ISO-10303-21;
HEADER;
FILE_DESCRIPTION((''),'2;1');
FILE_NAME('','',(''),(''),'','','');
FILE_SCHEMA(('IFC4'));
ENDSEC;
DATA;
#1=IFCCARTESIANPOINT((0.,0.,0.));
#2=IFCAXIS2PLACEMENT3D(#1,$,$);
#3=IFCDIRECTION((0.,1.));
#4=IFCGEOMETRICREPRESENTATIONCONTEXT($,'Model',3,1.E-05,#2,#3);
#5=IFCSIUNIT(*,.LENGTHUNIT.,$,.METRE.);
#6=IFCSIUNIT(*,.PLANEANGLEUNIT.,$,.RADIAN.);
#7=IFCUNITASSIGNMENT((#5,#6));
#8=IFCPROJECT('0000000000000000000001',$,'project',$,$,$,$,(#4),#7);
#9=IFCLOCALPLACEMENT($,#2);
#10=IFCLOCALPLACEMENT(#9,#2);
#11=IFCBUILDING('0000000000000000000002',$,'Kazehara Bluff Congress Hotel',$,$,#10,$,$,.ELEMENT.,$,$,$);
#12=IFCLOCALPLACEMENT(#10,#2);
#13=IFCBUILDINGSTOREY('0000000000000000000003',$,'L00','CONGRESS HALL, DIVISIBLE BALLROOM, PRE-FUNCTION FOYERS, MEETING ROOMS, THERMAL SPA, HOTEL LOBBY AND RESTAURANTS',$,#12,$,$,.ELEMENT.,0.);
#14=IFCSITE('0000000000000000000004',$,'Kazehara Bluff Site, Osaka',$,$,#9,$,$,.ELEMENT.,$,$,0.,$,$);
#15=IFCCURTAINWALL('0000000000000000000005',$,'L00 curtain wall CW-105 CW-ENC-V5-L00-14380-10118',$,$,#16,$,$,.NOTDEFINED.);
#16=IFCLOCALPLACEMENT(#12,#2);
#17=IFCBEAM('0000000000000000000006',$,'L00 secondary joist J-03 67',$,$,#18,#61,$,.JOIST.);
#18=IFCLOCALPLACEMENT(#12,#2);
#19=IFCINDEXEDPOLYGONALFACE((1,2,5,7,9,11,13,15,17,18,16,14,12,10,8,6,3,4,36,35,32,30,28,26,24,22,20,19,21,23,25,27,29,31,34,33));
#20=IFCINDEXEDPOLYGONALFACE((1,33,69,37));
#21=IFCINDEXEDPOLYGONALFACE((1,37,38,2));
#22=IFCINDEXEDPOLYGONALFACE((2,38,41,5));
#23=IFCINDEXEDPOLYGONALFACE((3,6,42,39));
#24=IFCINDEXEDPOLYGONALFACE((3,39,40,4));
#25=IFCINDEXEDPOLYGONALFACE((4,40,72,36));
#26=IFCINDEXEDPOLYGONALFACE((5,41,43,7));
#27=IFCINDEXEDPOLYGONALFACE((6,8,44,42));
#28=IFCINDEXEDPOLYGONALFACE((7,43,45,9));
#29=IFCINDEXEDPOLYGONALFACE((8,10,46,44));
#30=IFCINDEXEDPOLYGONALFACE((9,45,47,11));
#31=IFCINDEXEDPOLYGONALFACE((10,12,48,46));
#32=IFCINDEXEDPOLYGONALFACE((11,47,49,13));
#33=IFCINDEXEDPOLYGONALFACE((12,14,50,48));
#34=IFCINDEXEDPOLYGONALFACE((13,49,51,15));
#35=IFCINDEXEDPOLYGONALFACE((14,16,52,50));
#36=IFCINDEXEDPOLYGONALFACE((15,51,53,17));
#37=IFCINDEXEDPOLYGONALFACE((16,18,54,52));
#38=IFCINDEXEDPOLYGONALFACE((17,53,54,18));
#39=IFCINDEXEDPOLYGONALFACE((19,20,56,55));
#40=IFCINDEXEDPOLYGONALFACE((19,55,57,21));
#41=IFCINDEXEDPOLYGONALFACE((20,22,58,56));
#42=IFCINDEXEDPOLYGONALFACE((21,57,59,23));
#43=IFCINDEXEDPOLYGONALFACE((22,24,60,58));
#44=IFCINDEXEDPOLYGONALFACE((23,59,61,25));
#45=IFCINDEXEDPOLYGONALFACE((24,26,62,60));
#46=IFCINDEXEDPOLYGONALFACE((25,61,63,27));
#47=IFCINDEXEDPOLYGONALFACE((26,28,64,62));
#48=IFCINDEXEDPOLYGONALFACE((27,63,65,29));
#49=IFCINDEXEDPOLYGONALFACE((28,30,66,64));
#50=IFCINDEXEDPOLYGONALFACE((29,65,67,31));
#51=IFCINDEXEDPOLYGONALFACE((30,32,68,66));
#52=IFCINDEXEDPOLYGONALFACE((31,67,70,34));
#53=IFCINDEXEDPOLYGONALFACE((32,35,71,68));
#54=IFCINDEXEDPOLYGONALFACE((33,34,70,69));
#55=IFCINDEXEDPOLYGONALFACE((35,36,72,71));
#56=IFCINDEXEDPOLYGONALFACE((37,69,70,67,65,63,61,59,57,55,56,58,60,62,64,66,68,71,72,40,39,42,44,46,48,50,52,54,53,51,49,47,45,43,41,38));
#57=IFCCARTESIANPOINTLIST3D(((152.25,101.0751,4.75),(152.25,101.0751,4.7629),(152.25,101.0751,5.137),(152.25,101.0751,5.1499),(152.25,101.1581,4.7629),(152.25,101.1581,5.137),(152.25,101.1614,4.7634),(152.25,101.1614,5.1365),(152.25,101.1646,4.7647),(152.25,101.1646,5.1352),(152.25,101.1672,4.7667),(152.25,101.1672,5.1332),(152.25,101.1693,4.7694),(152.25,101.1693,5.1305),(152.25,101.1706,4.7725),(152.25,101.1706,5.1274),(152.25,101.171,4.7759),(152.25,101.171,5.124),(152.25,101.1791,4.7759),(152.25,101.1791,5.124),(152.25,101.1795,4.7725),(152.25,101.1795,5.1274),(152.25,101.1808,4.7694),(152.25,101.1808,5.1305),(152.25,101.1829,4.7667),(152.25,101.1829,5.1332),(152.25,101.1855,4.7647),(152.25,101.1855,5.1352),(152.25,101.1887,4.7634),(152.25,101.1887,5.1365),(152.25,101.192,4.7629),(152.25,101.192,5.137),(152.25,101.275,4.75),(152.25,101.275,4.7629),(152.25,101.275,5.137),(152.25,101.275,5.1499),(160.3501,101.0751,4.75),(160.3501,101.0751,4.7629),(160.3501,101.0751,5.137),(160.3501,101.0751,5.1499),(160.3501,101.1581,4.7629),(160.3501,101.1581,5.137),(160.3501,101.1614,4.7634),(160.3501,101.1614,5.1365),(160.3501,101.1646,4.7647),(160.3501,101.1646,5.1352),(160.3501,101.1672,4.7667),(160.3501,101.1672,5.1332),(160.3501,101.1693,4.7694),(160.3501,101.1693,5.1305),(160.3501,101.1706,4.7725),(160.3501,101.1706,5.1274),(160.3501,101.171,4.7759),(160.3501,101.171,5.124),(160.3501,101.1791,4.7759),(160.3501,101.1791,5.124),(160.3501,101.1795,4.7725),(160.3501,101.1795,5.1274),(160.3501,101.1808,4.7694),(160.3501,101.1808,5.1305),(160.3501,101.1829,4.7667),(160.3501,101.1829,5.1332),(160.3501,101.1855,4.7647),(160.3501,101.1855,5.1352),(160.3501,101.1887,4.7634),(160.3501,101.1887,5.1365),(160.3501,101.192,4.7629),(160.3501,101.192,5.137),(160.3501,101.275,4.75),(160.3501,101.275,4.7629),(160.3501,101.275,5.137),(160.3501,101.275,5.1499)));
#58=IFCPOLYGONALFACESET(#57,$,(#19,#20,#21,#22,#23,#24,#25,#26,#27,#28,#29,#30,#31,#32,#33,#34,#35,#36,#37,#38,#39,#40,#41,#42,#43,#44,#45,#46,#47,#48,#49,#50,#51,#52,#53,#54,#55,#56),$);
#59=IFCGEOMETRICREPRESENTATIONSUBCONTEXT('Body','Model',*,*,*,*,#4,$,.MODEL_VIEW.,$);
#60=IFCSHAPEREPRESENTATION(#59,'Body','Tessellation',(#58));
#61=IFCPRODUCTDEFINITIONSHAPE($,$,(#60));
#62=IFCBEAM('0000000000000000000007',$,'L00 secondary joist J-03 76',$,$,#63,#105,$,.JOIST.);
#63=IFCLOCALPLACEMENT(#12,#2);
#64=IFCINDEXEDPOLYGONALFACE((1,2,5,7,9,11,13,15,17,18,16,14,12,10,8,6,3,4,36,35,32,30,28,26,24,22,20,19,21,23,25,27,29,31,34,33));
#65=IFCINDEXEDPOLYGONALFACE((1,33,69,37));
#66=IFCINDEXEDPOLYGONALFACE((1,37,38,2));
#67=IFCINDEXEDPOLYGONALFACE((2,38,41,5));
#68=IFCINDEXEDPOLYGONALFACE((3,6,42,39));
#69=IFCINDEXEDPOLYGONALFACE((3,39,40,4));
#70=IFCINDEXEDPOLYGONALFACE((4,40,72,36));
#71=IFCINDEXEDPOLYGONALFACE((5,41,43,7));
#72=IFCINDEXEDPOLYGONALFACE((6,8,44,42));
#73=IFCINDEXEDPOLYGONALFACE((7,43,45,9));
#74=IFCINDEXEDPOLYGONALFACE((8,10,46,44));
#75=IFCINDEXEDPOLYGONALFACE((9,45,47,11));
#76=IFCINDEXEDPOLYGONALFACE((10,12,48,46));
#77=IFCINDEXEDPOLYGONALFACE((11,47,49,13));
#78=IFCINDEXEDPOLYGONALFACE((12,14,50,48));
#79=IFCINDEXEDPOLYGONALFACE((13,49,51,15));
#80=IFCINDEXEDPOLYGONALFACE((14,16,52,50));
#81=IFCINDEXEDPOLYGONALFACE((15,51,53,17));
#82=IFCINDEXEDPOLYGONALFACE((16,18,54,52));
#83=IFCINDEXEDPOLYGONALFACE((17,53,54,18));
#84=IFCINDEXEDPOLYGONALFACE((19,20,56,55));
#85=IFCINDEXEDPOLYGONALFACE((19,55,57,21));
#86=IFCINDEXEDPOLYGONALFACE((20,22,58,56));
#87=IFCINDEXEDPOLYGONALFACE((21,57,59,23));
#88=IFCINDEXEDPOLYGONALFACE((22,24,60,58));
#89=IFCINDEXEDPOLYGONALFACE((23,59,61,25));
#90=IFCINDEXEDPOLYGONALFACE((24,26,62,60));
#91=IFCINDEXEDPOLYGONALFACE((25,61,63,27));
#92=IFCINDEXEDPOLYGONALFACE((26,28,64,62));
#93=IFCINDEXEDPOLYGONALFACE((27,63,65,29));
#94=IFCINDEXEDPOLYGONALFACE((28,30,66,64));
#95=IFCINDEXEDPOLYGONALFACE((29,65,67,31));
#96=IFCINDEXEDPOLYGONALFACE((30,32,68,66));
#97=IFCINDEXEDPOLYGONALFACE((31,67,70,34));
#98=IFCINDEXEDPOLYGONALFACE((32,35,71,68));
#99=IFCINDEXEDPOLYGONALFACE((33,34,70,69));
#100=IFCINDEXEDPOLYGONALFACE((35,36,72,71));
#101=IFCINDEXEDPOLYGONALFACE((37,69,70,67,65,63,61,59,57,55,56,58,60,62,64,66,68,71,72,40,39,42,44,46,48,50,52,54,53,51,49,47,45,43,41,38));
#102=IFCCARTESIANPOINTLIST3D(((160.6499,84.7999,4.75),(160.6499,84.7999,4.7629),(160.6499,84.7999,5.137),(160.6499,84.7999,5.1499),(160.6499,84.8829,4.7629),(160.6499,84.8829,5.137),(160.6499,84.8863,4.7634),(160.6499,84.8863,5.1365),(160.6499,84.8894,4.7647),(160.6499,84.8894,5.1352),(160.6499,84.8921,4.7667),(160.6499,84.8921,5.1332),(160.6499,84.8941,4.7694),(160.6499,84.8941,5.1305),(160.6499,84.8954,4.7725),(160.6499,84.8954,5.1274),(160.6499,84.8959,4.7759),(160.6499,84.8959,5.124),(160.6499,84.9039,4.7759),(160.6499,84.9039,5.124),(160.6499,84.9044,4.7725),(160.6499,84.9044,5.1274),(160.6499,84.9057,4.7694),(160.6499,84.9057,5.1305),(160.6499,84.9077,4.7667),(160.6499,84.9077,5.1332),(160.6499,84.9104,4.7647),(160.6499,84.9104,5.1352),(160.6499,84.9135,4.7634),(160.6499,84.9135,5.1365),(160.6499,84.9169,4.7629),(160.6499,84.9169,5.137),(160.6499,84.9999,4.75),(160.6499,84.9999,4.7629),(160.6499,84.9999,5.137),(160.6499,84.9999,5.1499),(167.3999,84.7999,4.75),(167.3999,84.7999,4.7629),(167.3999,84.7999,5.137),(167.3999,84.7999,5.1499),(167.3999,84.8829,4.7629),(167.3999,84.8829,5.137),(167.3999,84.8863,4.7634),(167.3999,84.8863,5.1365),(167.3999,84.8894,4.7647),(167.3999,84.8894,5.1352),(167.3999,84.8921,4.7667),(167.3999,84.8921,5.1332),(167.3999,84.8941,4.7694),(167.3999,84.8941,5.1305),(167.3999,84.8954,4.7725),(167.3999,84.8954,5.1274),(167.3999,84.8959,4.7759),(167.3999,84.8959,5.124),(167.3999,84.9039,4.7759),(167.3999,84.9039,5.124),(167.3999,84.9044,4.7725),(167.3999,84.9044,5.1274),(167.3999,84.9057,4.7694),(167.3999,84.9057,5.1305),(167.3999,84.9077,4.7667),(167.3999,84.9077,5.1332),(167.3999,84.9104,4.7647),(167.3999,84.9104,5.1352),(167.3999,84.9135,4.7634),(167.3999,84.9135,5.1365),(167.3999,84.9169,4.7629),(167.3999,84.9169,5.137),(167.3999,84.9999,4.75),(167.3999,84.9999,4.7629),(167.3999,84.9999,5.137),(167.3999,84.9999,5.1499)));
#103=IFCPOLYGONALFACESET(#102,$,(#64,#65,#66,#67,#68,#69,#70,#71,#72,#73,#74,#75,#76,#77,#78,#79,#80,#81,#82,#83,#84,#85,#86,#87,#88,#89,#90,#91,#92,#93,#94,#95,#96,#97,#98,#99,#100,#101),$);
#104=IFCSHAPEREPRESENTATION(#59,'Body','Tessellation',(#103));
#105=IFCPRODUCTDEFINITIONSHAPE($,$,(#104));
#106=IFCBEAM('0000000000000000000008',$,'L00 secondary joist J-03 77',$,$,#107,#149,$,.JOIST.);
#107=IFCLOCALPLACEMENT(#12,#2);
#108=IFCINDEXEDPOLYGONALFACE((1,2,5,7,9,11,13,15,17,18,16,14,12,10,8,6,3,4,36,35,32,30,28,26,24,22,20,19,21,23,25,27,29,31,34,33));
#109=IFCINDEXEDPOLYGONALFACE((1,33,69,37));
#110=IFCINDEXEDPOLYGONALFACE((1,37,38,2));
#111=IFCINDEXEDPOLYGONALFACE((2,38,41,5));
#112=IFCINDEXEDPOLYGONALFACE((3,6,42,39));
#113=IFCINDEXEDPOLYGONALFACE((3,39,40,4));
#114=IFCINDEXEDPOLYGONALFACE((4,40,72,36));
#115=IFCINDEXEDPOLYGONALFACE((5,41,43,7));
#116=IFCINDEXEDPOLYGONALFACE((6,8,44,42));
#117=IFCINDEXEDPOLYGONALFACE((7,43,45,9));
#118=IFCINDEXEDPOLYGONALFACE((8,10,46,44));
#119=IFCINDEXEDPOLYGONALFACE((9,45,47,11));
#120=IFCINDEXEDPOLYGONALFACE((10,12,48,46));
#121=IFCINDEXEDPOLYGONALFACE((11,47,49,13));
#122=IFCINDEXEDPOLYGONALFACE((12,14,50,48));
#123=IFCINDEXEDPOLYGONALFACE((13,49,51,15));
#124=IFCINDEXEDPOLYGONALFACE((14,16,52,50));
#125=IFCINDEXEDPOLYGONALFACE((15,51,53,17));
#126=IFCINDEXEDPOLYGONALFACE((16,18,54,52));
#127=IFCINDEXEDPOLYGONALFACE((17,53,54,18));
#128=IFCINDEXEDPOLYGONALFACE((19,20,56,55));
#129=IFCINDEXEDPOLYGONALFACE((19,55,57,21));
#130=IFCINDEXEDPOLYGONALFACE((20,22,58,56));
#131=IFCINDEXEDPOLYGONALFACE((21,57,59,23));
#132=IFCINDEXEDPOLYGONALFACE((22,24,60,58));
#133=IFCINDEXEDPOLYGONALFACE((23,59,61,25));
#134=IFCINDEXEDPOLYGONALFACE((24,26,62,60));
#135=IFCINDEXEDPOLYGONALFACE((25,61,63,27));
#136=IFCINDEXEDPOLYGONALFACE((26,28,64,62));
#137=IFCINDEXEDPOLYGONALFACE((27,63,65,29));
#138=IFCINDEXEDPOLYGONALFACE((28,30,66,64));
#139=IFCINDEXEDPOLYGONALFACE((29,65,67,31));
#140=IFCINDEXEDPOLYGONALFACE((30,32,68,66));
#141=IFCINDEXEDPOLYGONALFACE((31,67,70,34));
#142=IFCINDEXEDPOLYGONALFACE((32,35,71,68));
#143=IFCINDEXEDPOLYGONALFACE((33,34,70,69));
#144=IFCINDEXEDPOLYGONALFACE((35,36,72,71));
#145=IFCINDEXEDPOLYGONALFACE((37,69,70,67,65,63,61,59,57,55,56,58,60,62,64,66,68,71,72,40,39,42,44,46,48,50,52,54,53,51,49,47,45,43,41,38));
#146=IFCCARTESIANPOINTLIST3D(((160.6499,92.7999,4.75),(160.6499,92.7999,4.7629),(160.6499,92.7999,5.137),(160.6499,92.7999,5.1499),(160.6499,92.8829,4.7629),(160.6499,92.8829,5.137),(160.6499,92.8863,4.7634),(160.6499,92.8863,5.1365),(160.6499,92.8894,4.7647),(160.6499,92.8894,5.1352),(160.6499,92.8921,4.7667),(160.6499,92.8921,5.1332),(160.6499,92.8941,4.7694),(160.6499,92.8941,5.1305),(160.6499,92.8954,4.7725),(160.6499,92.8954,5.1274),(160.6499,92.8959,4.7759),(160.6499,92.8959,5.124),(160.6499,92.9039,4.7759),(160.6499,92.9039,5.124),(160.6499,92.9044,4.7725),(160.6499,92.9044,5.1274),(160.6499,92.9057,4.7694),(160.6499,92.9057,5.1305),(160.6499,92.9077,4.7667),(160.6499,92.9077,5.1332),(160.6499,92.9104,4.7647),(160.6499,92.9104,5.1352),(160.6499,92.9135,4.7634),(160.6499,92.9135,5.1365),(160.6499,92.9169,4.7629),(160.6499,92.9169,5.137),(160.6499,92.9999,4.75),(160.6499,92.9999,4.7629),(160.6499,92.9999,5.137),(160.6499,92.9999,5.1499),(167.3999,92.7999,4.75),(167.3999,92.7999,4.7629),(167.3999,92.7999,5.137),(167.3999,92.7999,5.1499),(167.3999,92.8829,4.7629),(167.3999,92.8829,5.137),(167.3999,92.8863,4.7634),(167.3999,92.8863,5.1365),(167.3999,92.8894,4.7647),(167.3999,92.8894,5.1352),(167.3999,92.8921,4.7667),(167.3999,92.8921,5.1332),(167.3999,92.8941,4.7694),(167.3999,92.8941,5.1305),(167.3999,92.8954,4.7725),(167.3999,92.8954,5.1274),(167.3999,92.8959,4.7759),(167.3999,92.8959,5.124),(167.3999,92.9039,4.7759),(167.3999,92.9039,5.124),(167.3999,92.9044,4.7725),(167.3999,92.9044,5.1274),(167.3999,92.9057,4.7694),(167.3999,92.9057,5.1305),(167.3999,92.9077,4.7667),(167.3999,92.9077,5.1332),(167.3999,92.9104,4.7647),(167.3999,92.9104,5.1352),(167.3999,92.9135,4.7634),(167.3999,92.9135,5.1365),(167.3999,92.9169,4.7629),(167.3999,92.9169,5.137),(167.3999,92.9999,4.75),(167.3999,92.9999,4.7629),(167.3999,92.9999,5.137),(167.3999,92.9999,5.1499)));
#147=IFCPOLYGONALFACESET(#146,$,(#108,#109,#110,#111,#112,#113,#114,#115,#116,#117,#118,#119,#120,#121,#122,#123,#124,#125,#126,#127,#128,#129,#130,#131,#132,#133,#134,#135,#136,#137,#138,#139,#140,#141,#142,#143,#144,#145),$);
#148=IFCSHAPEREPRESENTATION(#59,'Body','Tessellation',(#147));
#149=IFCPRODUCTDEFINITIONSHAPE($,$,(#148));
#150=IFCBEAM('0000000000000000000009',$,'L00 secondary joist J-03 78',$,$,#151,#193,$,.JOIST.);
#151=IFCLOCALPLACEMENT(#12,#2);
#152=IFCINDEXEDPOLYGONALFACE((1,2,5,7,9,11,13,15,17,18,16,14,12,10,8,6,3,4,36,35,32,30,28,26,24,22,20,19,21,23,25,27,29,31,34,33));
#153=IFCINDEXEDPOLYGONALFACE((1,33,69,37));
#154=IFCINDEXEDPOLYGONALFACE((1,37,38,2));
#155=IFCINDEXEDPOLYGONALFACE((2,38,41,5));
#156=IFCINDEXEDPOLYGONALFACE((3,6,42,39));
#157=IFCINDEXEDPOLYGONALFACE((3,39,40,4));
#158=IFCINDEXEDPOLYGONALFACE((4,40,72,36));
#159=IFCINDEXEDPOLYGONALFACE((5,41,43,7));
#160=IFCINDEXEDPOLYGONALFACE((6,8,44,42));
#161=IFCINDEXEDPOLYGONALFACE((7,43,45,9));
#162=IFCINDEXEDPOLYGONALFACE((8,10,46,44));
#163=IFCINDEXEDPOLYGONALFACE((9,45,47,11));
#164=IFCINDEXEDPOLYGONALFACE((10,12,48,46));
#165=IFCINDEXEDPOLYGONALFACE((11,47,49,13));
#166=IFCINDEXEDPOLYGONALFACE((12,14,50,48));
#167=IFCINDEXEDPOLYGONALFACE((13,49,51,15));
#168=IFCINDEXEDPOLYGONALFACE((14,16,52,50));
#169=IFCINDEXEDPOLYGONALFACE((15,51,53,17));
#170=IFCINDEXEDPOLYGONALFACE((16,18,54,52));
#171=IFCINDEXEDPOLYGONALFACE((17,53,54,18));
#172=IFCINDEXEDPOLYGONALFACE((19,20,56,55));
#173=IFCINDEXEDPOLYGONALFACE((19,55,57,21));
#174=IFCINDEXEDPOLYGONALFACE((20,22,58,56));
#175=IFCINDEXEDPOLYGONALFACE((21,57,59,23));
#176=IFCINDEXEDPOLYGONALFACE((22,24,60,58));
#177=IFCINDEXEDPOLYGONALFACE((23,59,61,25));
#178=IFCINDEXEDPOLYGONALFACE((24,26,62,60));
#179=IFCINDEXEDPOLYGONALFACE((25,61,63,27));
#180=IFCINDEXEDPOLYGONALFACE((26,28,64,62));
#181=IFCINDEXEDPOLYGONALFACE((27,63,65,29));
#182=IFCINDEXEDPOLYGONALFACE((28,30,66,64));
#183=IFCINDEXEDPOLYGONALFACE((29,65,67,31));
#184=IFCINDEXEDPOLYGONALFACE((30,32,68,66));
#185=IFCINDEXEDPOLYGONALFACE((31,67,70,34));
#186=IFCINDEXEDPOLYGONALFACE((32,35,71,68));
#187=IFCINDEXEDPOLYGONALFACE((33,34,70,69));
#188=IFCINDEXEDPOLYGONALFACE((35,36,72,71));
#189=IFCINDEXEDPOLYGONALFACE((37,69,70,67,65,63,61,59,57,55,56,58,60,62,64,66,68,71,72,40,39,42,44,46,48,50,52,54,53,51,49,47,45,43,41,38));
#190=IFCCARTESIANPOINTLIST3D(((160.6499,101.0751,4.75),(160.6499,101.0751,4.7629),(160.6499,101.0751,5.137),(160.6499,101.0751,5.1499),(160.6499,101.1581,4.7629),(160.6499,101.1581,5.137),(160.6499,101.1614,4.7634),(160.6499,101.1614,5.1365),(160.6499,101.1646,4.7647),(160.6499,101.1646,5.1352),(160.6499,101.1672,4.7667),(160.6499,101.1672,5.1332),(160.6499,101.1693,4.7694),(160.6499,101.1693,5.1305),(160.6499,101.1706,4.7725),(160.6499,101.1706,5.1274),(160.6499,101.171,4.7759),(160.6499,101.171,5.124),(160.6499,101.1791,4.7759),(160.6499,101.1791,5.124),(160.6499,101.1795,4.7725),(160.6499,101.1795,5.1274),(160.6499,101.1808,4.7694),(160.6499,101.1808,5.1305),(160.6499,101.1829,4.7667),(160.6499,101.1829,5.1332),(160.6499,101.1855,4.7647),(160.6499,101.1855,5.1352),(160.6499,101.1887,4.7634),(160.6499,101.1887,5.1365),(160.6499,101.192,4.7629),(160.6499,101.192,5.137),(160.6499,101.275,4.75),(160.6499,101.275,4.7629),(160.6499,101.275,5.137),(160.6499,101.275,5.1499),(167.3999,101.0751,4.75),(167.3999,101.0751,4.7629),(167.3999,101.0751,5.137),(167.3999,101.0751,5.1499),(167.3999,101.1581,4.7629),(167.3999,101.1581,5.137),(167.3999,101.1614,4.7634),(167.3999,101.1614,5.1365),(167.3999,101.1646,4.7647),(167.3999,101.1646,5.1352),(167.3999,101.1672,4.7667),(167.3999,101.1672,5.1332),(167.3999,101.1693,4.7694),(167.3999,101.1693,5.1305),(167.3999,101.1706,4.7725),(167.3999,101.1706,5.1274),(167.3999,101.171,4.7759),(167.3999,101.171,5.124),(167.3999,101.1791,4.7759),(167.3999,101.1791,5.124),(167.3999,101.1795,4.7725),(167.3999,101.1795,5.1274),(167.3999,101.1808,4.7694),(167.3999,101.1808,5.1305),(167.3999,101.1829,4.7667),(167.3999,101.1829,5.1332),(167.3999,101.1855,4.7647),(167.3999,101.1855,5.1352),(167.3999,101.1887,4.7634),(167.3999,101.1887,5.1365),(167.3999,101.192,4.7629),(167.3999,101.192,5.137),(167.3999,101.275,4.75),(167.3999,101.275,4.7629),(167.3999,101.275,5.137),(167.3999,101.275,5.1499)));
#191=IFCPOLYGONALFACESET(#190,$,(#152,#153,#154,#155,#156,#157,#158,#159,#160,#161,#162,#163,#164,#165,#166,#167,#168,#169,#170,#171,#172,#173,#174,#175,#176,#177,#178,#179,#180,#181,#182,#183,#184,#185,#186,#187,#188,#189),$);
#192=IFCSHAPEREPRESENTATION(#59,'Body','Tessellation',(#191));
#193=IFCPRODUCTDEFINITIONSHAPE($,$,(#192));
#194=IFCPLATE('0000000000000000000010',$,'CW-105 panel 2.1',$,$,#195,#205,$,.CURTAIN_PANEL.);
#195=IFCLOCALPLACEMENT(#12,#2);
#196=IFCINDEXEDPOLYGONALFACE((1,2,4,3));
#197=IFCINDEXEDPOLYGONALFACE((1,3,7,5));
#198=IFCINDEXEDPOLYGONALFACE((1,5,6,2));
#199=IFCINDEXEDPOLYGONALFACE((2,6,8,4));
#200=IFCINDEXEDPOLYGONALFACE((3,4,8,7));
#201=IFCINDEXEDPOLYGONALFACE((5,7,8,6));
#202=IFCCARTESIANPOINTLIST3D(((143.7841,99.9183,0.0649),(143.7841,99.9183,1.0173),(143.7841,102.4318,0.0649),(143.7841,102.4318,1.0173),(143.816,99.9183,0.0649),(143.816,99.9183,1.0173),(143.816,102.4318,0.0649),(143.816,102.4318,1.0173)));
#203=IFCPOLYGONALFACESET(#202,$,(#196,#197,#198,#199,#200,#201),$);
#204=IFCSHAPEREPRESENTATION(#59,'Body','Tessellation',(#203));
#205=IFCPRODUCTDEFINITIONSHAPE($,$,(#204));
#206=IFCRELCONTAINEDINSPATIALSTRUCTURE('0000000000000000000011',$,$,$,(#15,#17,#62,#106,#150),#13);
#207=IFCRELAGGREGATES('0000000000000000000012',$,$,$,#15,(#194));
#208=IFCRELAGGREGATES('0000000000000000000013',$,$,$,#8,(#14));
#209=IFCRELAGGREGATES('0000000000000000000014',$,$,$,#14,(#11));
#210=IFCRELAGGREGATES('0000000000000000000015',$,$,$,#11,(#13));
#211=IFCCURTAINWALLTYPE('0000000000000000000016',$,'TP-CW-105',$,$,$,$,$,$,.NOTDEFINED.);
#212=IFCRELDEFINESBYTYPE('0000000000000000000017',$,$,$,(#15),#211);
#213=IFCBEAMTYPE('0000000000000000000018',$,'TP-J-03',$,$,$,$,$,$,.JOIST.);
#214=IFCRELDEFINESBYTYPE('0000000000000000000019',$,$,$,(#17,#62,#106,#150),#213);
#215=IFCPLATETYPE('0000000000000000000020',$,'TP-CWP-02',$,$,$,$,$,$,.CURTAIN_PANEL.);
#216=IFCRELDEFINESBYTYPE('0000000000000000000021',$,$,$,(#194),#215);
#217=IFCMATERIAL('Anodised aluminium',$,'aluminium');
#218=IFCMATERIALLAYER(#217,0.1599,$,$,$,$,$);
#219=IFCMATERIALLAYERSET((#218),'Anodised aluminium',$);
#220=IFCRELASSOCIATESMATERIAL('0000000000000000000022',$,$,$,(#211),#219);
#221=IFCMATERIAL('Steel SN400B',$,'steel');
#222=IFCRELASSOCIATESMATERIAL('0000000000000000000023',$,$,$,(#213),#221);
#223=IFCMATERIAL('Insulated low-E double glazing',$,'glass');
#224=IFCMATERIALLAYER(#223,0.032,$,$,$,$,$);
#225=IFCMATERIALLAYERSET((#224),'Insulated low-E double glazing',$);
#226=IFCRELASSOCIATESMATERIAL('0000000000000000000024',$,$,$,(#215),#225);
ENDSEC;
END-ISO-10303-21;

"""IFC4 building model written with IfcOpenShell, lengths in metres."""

from ifc_helpers import new_model, si_unit, direction, frame, origin, origin_2d, place, context, subcontext, project, spatial, rectangle, i_section, extrude, material, layer, layer_set, material_profile, profile_set, type_object, element, aggregate, save


model = new_model("IFC4")

# Units and contexts
model_context = context("Model", 3, precision=1e-05, world=origin(), true_north=direction((0.0, 1.0)))
body_context = subcontext(model_context, "Body", "Model", "MODEL_VIEW")
ifc_project = project(units=[si_unit("LENGTHUNIT", "METRE"), si_unit("PLANEANGLEUNIT", "RADIAN")], contexts=[model_context])

# Site, building, storey
site_placement = place(None, origin())
site = spatial("IfcSite", under=ifc_project, at=site_placement, Name="Kazehara Bluff Site, Osaka", CompositionType="ELEMENT", RefElevation=0.0)
building_placement = place(site_placement, origin())
building = spatial("IfcBuilding", under=site, at=building_placement, Name="Kazehara Bluff Congress Hotel", CompositionType="ELEMENT")
storey_placement = place(building_placement, origin())
storey = spatial("IfcBuildingStorey", under=building, at=storey_placement, Name="L00", Description="CONGRESS HALL, DIVISIBLE BALLROOM, PRE-FUNCTION FOYERS, MEETING ROOMS, THERMAL SPA, HOTEL LOBBY AND RESTAURANTS", CompositionType="ELEMENT", Elevation=0.0)

# Curtain wall
ifc_material_1 = material(Name="Anodised aluminium", Category="aluminium")
ifc_layer_1 = layer(ifc_material_1, 0.1599)
ifc_layer_set_1 = layer_set([ifc_layer_1], Name="Anodised aluminium")
curtain_wall_type = type_object("IfcCurtainWallType", Name="TP-CW-105", PredefinedType="NOTDEFINED", material=ifc_layer_set_1)
curtain_wall_placement = place(storey_placement, origin())
curtain_wall = element("IfcCurtainWall", 1, at=curtain_wall_placement, inside=storey, type_object=curtain_wall_type, Name="L00 curtain wall CW-105 CW-ENC-V5-L00-14380-10118", PredefinedType="NOTDEFINED")

# Beams
ifc_material_2 = material(Name="Steel SN400B", Category="steel")
ifc_material_profile_1 = material_profile(ifc_material_2, i_section(OverallWidth=0.2, OverallDepth=0.3999, WebThickness=0.0081, FlangeThickness=0.0129, FilletRadius=0.0129, at=origin_2d()))
ifc_profile_set_1 = profile_set([ifc_material_profile_1], Name="Steel SN400B")
beam_type_1 = type_object("IfcBeamType", Name="TP-J-03", PredefinedType="JOIST", material=ifc_profile_set_1)
beam_1_placement = place(storey_placement, frame((152.25, 101.175, 4.95), z_axis=(1.0, 0.0, 0.0), x_axis=(0.0, 1.0, 0.0)))
element("IfcBeam", 2, at=beam_1_placement, inside=storey, type_object=beam_type_1, Name="L00 secondary joist J-03 67", PredefinedType="JOIST", context=body_context, shape_type="SweptSolid", body=[
    extrude(i_section(OverallWidth=0.2, OverallDepth=0.3999, WebThickness=0.0081, FlangeThickness=0.0129, FilletRadius=0.0129, at=origin_2d()), origin(), (0.0, 0.0, 1.0), 8.1001),
])
for number, where, z_axis, x_axis, name in (
    (3, (160.6499, 84.8999, 4.95), (1.0, 0.0, 0.0), (0.0, 1.0, 0.0), "L00 secondary joist J-03 76"),
    (4, (160.6499, 92.8999, 4.95), (1.0, 0.0, 0.0), (0.0, 1.0, 0.0), "L00 secondary joist J-03 77"),
    (5, (160.6499, 101.175, 4.95), (1.0, 0.0, 0.0), (0.0, 1.0, 0.0), "L00 secondary joist J-03 78"),
):
    element("IfcBeam", number, at=place(storey_placement, frame(where, z_axis=z_axis, x_axis=x_axis)), inside=storey, type_object=beam_type_1, Name=name, PredefinedType="JOIST", context=body_context, shape_type="SweptSolid", body=[
        extrude(i_section(OverallWidth=0.2, OverallDepth=0.3999, WebThickness=0.0081, FlangeThickness=0.0129, FilletRadius=0.0129, at=origin_2d()), origin(), (0.0, 0.0, 1.0), 6.75),
    ])

# Plate
ifc_material_3 = material(Name="Insulated low-E double glazing", Category="glass")
ifc_layer_2 = layer(ifc_material_3, 0.032)
ifc_layer_set_2 = layer_set([ifc_layer_2], Name="Insulated low-E double glazing")
plate_type = type_object("IfcPlateType", Name="TP-CWP-02", PredefinedType="CURTAIN_PANEL", material=ifc_layer_set_2)
plate_1_placement = place(storey_placement, frame((143.8, 101.175, 0.0649), z_axis=(0.0, 0.0, 1.0), x_axis=(0.0, 1.0, 0.0)))
plate_1 = element("IfcPlate", 6, at=plate_1_placement, type_object=plate_type, Name="CW-105 panel 2.1", PredefinedType="CURTAIN_PANEL", context=body_context, shape_type="SweptSolid", body=[
    extrude(rectangle(XDim=2.5134, YDim=0.032, at=origin_2d()), origin(), (0.0, 0.0, 1.0), 0.9524),
])
aggregate(curtain_wall, [plate_1])

save(model, "model.ifc")
